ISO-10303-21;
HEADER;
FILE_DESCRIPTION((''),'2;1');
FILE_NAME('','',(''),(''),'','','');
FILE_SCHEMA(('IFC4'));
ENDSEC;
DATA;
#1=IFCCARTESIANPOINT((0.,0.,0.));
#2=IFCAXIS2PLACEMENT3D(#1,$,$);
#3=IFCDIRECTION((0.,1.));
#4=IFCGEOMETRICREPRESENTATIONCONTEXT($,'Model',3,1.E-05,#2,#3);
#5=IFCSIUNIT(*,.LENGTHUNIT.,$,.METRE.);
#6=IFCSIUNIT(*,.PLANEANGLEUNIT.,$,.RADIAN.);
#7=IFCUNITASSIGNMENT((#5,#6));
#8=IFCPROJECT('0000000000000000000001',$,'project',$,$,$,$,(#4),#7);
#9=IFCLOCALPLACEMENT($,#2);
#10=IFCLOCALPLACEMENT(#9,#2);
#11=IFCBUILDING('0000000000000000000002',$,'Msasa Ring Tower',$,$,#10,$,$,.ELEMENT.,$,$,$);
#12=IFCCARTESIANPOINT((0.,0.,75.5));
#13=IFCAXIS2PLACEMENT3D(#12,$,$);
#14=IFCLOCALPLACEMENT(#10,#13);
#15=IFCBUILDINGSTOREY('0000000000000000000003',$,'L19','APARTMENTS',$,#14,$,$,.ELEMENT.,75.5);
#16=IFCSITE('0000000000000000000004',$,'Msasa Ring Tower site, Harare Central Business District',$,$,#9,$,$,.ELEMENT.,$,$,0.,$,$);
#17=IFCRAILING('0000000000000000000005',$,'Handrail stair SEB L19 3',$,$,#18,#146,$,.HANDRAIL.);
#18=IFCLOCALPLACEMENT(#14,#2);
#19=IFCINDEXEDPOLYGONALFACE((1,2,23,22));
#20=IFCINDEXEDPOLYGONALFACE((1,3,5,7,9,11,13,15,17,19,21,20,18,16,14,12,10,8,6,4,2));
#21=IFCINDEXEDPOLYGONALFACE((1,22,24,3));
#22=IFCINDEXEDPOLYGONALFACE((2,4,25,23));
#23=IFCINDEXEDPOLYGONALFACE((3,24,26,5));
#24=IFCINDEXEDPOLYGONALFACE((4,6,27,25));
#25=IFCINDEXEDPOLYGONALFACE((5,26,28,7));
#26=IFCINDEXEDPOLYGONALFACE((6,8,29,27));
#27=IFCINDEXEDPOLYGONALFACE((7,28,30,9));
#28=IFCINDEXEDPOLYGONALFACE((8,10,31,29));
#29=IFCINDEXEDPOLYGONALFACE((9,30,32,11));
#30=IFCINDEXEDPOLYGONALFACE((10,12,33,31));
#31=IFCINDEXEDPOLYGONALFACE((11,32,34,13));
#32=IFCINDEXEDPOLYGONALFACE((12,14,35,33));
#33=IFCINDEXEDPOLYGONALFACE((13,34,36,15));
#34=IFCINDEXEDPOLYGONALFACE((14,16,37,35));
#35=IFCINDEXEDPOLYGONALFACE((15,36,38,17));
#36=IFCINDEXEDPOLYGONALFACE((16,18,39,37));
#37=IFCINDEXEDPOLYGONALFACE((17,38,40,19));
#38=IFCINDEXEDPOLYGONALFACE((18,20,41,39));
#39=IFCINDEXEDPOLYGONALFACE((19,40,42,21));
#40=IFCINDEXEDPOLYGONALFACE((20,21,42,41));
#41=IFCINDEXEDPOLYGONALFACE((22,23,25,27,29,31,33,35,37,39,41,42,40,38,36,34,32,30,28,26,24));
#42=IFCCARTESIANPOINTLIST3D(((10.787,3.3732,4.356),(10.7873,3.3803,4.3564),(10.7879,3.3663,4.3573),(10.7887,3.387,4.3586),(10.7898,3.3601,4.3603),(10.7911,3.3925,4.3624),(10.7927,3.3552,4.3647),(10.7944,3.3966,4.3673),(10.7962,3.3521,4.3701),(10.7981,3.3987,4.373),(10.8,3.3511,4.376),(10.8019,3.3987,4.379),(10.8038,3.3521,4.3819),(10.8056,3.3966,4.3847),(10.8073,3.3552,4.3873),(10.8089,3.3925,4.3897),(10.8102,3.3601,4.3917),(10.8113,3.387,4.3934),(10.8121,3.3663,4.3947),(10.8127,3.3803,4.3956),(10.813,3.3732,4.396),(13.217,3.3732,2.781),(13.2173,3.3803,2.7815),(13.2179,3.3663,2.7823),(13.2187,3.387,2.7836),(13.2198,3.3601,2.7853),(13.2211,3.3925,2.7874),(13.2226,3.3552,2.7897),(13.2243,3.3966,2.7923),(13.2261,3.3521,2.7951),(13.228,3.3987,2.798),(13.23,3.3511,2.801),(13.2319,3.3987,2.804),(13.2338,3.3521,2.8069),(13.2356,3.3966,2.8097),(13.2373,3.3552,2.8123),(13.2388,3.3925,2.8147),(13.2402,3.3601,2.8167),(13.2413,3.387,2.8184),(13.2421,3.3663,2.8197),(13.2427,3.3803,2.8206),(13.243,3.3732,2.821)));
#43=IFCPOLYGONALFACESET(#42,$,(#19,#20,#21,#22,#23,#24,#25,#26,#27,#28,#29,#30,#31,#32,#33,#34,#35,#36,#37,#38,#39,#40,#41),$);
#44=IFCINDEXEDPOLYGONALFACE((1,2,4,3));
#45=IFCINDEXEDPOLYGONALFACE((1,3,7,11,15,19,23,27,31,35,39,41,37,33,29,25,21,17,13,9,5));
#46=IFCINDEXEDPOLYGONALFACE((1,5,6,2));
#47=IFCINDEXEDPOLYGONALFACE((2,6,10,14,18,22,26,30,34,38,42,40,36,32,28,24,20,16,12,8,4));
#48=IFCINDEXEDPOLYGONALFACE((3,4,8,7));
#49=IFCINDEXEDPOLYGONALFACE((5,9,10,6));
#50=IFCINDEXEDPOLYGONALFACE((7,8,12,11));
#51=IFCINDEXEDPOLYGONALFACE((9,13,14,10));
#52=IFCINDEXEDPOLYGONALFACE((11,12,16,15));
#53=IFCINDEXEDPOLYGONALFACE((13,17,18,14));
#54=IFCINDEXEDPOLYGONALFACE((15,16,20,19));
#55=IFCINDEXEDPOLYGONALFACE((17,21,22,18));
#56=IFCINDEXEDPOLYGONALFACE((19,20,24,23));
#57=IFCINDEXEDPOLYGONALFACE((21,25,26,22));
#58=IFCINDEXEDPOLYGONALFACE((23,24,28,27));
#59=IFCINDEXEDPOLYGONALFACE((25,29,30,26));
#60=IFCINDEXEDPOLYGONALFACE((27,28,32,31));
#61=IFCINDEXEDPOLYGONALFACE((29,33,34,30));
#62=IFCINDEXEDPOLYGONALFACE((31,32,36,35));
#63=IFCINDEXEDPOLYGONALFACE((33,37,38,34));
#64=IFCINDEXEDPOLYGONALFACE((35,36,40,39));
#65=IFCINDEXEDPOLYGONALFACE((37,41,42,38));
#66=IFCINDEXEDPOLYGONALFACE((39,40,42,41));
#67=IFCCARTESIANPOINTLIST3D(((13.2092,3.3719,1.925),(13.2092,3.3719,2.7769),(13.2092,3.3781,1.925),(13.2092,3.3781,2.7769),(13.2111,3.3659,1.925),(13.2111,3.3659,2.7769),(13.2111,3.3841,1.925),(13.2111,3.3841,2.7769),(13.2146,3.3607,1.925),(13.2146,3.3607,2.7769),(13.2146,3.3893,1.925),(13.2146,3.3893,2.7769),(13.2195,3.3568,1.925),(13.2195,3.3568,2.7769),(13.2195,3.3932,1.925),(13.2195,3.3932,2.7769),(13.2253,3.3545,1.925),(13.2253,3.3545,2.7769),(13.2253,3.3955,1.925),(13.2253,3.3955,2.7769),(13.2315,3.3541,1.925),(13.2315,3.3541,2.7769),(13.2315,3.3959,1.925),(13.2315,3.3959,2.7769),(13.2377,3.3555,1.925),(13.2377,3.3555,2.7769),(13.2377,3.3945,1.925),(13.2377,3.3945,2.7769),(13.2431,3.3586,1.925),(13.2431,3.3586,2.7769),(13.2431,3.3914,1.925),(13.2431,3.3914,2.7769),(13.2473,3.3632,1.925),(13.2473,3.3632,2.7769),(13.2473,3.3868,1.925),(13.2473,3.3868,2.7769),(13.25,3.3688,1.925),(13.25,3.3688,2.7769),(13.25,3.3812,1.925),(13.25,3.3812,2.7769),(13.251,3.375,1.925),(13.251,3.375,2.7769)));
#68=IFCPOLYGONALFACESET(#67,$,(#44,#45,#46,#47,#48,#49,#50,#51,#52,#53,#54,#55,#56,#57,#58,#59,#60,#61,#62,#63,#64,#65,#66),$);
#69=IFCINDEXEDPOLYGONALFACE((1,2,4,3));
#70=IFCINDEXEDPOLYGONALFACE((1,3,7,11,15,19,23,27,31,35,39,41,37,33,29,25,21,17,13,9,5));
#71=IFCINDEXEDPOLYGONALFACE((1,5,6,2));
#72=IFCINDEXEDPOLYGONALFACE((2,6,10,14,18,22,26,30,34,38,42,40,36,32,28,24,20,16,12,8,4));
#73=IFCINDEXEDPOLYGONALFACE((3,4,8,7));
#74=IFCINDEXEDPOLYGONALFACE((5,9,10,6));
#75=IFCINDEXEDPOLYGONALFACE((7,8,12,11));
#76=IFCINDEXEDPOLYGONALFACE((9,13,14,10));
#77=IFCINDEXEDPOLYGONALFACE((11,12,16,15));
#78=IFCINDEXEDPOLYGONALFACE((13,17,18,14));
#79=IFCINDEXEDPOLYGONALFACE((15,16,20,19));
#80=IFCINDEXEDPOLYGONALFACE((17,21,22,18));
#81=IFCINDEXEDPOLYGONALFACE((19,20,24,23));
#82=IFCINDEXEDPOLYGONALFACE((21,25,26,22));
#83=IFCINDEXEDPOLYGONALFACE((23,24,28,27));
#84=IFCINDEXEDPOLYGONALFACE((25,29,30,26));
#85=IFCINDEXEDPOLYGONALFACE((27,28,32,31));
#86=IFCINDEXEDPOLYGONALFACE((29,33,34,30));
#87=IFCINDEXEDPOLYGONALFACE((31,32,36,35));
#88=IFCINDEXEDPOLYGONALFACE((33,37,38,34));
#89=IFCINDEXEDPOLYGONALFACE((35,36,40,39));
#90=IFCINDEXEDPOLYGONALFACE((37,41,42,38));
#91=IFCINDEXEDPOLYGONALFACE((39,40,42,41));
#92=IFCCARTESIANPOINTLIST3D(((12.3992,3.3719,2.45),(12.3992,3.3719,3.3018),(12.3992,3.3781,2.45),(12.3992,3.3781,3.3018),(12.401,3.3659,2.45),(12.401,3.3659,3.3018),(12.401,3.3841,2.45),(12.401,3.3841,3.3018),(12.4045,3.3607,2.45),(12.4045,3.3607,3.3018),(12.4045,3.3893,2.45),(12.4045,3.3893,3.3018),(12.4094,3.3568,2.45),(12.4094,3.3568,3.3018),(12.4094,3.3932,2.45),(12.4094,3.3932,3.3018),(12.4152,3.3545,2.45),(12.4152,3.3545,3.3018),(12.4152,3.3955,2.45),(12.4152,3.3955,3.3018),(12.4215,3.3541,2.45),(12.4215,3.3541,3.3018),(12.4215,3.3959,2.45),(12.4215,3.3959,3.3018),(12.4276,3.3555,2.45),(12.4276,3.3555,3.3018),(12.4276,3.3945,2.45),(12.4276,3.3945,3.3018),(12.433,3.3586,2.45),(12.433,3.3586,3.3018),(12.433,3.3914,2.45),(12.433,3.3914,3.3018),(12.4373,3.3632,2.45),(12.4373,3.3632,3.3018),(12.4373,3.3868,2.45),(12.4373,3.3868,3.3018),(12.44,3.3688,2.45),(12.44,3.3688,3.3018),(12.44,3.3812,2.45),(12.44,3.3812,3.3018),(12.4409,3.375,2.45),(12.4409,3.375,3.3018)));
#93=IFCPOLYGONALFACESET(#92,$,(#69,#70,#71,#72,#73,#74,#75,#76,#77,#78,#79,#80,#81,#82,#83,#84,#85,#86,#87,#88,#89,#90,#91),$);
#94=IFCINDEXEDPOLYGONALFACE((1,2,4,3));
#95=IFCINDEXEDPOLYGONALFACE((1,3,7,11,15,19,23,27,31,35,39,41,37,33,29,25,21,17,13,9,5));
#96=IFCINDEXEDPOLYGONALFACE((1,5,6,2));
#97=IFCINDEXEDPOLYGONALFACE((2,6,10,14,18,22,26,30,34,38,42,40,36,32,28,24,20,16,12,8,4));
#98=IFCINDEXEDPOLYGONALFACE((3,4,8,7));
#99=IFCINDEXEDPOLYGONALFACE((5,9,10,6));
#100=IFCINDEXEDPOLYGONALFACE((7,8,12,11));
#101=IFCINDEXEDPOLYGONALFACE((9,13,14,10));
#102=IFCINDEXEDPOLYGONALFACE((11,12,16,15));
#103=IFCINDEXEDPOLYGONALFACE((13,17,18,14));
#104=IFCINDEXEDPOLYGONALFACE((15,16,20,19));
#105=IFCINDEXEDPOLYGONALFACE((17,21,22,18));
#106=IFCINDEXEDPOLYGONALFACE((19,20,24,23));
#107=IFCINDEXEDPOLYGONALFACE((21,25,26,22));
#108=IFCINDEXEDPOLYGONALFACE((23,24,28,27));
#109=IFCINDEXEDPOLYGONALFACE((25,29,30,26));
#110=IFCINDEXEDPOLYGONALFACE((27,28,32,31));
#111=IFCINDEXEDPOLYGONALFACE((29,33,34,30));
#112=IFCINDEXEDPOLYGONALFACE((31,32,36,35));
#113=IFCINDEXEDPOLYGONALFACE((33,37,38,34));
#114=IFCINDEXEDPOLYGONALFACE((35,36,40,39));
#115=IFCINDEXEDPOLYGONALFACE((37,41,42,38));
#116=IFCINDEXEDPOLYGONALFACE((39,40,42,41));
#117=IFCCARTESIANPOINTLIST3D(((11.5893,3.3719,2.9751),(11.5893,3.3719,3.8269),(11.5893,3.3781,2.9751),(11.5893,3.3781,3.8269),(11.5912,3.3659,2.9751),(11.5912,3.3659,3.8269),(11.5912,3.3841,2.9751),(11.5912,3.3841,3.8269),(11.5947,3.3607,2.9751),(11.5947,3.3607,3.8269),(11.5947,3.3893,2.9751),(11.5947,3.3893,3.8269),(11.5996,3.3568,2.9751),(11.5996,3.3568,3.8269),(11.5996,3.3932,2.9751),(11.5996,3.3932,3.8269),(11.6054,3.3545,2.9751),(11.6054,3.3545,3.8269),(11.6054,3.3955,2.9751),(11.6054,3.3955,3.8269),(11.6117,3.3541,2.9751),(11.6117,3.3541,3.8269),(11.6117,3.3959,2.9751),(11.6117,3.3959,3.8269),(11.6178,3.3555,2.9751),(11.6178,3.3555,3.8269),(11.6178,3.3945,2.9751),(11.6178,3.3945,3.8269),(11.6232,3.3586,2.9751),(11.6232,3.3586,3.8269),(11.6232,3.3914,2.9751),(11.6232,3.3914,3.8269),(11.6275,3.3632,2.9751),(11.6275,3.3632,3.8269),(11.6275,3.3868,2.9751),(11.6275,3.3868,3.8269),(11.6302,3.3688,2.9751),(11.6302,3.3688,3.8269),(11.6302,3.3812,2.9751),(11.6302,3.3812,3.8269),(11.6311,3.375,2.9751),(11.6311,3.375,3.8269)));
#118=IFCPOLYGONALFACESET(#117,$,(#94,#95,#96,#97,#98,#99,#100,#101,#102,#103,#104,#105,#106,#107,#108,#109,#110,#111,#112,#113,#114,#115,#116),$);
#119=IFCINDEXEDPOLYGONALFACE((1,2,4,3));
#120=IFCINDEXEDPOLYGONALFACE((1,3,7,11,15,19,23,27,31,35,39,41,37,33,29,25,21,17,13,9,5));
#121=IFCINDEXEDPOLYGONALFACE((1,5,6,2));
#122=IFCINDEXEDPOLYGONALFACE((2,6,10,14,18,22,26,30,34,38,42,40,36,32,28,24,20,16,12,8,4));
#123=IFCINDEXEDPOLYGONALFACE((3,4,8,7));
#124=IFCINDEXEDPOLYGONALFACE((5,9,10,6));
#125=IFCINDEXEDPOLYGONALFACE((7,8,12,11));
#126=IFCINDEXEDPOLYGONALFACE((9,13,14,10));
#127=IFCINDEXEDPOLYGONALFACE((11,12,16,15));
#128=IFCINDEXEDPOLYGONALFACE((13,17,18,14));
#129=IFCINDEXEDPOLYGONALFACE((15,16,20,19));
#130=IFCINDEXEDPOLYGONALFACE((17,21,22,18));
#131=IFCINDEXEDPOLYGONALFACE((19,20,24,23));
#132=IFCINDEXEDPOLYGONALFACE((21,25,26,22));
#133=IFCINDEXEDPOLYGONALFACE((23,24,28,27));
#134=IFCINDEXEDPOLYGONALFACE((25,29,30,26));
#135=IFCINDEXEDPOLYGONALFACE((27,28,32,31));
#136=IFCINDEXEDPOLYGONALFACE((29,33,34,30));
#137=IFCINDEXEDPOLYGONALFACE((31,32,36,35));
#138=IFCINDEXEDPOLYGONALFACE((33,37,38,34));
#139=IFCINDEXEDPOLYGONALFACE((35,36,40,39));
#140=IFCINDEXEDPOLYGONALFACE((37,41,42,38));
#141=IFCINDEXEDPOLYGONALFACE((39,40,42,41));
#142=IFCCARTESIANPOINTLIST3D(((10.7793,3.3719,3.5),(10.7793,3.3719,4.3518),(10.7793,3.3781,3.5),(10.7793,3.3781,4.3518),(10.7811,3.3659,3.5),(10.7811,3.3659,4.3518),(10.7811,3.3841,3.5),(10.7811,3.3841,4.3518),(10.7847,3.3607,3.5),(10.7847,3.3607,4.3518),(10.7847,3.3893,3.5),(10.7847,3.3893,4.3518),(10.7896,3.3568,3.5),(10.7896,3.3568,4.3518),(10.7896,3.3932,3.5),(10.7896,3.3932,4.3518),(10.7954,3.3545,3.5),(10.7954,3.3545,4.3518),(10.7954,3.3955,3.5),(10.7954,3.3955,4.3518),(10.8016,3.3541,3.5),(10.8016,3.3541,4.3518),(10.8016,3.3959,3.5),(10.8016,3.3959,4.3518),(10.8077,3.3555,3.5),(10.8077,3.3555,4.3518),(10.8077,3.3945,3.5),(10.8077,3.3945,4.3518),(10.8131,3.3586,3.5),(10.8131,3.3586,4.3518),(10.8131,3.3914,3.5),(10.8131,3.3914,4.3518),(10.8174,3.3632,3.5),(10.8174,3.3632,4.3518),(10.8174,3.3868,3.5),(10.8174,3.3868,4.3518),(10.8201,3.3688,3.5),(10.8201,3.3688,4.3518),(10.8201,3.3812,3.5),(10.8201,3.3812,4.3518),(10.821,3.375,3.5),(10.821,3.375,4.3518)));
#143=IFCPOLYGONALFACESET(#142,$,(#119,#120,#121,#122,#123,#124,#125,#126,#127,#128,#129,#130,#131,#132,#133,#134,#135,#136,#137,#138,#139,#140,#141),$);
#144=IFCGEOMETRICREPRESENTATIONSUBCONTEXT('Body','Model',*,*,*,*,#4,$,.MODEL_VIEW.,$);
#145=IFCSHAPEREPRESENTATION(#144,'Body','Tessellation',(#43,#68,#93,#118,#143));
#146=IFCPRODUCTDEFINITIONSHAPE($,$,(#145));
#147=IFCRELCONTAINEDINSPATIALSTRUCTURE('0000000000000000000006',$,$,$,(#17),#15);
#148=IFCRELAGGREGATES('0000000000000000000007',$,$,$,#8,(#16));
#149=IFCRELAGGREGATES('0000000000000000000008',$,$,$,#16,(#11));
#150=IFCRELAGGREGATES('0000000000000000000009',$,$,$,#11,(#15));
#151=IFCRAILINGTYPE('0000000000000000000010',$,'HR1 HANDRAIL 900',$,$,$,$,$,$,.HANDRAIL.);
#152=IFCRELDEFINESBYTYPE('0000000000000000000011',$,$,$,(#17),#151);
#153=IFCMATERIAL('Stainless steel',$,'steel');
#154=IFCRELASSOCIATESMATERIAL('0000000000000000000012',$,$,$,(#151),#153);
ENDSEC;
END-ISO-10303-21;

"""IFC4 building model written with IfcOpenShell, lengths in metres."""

from ifc_helpers import new_model, si_unit, direction, frame, origin, origin_2d, place, context, subcontext, project, spatial, circle, extrude, material, type_object, element, save


model = new_model("IFC4")

# Units and contexts
model_context = context("Model", 3, precision=1e-05, world=origin(), true_north=direction((0.0, 1.0)))
body_context = subcontext(model_context, "Body", "Model", "MODEL_VIEW")
ifc_project = project(units=[si_unit("LENGTHUNIT", "METRE"), si_unit("PLANEANGLEUNIT", "RADIAN")], contexts=[model_context])

# Site, building, storey
site_placement = place(None, origin())
site = spatial("IfcSite", under=ifc_project, at=site_placement, Name="Msasa Ring Tower site, Harare Central Business District", CompositionType="ELEMENT", RefElevation=0.0)
building_placement = place(site_placement, origin())
building = spatial("IfcBuilding", under=site, at=building_placement, Name="Msasa Ring Tower", CompositionType="ELEMENT")
storey_placement = place(building_placement, frame((0.0, 0.0, 75.5)))
storey = spatial("IfcBuildingStorey", under=building, at=storey_placement, Name="L19", Description="APARTMENTS", CompositionType="ELEMENT", Elevation=75.5)

# Railing
ifc_material_1 = material(Name="Stainless steel", Category="steel")
railing_type = type_object("IfcRailingType", Name="HR1 HANDRAIL 900", PredefinedType="HANDRAIL", material=ifc_material_1)
for number, where, name in (
    (1, (13.23, 3.375, 1.925), "Handrail stair SEB L19 3"),
):
    element("IfcRailing", number, at=place(storey_placement, frame(where)), inside=storey, type_object=railing_type, Name=name, PredefinedType="HANDRAIL", context=body_context, shape_type="SweptSolid", body=[
        extrude(circle(Radius=0.0239, at=origin_2d()), frame((0.0, 0.0, 0.876), z_axis=(-0.839154, 0.0, 0.543894), x_axis=(0.0, -1.0, 0.0)), (0.0, 0.0, 1.0), 2.8958),
        extrude(circle(Radius=0.021, at=origin_2d()), origin(), (0.0, 0.0, 1.0), 0.8518),
        extrude(circle(Radius=0.021, at=origin_2d()), frame((-0.8101, 0.0, 0.5249)), (0.0, 0.0, 1.0), 0.8518),
        extrude(circle(Radius=0.021, at=origin_2d()), frame((-1.6199, 0.0, 1.05)), (0.0, 0.0, 1.0), 0.8518),
        extrude(circle(Radius=0.021, at=origin_2d()), frame((-2.4299, 0.0, 1.575)), (0.0, 0.0, 1.0), 0.8518),
    ])

save(model, "model.ifc")
